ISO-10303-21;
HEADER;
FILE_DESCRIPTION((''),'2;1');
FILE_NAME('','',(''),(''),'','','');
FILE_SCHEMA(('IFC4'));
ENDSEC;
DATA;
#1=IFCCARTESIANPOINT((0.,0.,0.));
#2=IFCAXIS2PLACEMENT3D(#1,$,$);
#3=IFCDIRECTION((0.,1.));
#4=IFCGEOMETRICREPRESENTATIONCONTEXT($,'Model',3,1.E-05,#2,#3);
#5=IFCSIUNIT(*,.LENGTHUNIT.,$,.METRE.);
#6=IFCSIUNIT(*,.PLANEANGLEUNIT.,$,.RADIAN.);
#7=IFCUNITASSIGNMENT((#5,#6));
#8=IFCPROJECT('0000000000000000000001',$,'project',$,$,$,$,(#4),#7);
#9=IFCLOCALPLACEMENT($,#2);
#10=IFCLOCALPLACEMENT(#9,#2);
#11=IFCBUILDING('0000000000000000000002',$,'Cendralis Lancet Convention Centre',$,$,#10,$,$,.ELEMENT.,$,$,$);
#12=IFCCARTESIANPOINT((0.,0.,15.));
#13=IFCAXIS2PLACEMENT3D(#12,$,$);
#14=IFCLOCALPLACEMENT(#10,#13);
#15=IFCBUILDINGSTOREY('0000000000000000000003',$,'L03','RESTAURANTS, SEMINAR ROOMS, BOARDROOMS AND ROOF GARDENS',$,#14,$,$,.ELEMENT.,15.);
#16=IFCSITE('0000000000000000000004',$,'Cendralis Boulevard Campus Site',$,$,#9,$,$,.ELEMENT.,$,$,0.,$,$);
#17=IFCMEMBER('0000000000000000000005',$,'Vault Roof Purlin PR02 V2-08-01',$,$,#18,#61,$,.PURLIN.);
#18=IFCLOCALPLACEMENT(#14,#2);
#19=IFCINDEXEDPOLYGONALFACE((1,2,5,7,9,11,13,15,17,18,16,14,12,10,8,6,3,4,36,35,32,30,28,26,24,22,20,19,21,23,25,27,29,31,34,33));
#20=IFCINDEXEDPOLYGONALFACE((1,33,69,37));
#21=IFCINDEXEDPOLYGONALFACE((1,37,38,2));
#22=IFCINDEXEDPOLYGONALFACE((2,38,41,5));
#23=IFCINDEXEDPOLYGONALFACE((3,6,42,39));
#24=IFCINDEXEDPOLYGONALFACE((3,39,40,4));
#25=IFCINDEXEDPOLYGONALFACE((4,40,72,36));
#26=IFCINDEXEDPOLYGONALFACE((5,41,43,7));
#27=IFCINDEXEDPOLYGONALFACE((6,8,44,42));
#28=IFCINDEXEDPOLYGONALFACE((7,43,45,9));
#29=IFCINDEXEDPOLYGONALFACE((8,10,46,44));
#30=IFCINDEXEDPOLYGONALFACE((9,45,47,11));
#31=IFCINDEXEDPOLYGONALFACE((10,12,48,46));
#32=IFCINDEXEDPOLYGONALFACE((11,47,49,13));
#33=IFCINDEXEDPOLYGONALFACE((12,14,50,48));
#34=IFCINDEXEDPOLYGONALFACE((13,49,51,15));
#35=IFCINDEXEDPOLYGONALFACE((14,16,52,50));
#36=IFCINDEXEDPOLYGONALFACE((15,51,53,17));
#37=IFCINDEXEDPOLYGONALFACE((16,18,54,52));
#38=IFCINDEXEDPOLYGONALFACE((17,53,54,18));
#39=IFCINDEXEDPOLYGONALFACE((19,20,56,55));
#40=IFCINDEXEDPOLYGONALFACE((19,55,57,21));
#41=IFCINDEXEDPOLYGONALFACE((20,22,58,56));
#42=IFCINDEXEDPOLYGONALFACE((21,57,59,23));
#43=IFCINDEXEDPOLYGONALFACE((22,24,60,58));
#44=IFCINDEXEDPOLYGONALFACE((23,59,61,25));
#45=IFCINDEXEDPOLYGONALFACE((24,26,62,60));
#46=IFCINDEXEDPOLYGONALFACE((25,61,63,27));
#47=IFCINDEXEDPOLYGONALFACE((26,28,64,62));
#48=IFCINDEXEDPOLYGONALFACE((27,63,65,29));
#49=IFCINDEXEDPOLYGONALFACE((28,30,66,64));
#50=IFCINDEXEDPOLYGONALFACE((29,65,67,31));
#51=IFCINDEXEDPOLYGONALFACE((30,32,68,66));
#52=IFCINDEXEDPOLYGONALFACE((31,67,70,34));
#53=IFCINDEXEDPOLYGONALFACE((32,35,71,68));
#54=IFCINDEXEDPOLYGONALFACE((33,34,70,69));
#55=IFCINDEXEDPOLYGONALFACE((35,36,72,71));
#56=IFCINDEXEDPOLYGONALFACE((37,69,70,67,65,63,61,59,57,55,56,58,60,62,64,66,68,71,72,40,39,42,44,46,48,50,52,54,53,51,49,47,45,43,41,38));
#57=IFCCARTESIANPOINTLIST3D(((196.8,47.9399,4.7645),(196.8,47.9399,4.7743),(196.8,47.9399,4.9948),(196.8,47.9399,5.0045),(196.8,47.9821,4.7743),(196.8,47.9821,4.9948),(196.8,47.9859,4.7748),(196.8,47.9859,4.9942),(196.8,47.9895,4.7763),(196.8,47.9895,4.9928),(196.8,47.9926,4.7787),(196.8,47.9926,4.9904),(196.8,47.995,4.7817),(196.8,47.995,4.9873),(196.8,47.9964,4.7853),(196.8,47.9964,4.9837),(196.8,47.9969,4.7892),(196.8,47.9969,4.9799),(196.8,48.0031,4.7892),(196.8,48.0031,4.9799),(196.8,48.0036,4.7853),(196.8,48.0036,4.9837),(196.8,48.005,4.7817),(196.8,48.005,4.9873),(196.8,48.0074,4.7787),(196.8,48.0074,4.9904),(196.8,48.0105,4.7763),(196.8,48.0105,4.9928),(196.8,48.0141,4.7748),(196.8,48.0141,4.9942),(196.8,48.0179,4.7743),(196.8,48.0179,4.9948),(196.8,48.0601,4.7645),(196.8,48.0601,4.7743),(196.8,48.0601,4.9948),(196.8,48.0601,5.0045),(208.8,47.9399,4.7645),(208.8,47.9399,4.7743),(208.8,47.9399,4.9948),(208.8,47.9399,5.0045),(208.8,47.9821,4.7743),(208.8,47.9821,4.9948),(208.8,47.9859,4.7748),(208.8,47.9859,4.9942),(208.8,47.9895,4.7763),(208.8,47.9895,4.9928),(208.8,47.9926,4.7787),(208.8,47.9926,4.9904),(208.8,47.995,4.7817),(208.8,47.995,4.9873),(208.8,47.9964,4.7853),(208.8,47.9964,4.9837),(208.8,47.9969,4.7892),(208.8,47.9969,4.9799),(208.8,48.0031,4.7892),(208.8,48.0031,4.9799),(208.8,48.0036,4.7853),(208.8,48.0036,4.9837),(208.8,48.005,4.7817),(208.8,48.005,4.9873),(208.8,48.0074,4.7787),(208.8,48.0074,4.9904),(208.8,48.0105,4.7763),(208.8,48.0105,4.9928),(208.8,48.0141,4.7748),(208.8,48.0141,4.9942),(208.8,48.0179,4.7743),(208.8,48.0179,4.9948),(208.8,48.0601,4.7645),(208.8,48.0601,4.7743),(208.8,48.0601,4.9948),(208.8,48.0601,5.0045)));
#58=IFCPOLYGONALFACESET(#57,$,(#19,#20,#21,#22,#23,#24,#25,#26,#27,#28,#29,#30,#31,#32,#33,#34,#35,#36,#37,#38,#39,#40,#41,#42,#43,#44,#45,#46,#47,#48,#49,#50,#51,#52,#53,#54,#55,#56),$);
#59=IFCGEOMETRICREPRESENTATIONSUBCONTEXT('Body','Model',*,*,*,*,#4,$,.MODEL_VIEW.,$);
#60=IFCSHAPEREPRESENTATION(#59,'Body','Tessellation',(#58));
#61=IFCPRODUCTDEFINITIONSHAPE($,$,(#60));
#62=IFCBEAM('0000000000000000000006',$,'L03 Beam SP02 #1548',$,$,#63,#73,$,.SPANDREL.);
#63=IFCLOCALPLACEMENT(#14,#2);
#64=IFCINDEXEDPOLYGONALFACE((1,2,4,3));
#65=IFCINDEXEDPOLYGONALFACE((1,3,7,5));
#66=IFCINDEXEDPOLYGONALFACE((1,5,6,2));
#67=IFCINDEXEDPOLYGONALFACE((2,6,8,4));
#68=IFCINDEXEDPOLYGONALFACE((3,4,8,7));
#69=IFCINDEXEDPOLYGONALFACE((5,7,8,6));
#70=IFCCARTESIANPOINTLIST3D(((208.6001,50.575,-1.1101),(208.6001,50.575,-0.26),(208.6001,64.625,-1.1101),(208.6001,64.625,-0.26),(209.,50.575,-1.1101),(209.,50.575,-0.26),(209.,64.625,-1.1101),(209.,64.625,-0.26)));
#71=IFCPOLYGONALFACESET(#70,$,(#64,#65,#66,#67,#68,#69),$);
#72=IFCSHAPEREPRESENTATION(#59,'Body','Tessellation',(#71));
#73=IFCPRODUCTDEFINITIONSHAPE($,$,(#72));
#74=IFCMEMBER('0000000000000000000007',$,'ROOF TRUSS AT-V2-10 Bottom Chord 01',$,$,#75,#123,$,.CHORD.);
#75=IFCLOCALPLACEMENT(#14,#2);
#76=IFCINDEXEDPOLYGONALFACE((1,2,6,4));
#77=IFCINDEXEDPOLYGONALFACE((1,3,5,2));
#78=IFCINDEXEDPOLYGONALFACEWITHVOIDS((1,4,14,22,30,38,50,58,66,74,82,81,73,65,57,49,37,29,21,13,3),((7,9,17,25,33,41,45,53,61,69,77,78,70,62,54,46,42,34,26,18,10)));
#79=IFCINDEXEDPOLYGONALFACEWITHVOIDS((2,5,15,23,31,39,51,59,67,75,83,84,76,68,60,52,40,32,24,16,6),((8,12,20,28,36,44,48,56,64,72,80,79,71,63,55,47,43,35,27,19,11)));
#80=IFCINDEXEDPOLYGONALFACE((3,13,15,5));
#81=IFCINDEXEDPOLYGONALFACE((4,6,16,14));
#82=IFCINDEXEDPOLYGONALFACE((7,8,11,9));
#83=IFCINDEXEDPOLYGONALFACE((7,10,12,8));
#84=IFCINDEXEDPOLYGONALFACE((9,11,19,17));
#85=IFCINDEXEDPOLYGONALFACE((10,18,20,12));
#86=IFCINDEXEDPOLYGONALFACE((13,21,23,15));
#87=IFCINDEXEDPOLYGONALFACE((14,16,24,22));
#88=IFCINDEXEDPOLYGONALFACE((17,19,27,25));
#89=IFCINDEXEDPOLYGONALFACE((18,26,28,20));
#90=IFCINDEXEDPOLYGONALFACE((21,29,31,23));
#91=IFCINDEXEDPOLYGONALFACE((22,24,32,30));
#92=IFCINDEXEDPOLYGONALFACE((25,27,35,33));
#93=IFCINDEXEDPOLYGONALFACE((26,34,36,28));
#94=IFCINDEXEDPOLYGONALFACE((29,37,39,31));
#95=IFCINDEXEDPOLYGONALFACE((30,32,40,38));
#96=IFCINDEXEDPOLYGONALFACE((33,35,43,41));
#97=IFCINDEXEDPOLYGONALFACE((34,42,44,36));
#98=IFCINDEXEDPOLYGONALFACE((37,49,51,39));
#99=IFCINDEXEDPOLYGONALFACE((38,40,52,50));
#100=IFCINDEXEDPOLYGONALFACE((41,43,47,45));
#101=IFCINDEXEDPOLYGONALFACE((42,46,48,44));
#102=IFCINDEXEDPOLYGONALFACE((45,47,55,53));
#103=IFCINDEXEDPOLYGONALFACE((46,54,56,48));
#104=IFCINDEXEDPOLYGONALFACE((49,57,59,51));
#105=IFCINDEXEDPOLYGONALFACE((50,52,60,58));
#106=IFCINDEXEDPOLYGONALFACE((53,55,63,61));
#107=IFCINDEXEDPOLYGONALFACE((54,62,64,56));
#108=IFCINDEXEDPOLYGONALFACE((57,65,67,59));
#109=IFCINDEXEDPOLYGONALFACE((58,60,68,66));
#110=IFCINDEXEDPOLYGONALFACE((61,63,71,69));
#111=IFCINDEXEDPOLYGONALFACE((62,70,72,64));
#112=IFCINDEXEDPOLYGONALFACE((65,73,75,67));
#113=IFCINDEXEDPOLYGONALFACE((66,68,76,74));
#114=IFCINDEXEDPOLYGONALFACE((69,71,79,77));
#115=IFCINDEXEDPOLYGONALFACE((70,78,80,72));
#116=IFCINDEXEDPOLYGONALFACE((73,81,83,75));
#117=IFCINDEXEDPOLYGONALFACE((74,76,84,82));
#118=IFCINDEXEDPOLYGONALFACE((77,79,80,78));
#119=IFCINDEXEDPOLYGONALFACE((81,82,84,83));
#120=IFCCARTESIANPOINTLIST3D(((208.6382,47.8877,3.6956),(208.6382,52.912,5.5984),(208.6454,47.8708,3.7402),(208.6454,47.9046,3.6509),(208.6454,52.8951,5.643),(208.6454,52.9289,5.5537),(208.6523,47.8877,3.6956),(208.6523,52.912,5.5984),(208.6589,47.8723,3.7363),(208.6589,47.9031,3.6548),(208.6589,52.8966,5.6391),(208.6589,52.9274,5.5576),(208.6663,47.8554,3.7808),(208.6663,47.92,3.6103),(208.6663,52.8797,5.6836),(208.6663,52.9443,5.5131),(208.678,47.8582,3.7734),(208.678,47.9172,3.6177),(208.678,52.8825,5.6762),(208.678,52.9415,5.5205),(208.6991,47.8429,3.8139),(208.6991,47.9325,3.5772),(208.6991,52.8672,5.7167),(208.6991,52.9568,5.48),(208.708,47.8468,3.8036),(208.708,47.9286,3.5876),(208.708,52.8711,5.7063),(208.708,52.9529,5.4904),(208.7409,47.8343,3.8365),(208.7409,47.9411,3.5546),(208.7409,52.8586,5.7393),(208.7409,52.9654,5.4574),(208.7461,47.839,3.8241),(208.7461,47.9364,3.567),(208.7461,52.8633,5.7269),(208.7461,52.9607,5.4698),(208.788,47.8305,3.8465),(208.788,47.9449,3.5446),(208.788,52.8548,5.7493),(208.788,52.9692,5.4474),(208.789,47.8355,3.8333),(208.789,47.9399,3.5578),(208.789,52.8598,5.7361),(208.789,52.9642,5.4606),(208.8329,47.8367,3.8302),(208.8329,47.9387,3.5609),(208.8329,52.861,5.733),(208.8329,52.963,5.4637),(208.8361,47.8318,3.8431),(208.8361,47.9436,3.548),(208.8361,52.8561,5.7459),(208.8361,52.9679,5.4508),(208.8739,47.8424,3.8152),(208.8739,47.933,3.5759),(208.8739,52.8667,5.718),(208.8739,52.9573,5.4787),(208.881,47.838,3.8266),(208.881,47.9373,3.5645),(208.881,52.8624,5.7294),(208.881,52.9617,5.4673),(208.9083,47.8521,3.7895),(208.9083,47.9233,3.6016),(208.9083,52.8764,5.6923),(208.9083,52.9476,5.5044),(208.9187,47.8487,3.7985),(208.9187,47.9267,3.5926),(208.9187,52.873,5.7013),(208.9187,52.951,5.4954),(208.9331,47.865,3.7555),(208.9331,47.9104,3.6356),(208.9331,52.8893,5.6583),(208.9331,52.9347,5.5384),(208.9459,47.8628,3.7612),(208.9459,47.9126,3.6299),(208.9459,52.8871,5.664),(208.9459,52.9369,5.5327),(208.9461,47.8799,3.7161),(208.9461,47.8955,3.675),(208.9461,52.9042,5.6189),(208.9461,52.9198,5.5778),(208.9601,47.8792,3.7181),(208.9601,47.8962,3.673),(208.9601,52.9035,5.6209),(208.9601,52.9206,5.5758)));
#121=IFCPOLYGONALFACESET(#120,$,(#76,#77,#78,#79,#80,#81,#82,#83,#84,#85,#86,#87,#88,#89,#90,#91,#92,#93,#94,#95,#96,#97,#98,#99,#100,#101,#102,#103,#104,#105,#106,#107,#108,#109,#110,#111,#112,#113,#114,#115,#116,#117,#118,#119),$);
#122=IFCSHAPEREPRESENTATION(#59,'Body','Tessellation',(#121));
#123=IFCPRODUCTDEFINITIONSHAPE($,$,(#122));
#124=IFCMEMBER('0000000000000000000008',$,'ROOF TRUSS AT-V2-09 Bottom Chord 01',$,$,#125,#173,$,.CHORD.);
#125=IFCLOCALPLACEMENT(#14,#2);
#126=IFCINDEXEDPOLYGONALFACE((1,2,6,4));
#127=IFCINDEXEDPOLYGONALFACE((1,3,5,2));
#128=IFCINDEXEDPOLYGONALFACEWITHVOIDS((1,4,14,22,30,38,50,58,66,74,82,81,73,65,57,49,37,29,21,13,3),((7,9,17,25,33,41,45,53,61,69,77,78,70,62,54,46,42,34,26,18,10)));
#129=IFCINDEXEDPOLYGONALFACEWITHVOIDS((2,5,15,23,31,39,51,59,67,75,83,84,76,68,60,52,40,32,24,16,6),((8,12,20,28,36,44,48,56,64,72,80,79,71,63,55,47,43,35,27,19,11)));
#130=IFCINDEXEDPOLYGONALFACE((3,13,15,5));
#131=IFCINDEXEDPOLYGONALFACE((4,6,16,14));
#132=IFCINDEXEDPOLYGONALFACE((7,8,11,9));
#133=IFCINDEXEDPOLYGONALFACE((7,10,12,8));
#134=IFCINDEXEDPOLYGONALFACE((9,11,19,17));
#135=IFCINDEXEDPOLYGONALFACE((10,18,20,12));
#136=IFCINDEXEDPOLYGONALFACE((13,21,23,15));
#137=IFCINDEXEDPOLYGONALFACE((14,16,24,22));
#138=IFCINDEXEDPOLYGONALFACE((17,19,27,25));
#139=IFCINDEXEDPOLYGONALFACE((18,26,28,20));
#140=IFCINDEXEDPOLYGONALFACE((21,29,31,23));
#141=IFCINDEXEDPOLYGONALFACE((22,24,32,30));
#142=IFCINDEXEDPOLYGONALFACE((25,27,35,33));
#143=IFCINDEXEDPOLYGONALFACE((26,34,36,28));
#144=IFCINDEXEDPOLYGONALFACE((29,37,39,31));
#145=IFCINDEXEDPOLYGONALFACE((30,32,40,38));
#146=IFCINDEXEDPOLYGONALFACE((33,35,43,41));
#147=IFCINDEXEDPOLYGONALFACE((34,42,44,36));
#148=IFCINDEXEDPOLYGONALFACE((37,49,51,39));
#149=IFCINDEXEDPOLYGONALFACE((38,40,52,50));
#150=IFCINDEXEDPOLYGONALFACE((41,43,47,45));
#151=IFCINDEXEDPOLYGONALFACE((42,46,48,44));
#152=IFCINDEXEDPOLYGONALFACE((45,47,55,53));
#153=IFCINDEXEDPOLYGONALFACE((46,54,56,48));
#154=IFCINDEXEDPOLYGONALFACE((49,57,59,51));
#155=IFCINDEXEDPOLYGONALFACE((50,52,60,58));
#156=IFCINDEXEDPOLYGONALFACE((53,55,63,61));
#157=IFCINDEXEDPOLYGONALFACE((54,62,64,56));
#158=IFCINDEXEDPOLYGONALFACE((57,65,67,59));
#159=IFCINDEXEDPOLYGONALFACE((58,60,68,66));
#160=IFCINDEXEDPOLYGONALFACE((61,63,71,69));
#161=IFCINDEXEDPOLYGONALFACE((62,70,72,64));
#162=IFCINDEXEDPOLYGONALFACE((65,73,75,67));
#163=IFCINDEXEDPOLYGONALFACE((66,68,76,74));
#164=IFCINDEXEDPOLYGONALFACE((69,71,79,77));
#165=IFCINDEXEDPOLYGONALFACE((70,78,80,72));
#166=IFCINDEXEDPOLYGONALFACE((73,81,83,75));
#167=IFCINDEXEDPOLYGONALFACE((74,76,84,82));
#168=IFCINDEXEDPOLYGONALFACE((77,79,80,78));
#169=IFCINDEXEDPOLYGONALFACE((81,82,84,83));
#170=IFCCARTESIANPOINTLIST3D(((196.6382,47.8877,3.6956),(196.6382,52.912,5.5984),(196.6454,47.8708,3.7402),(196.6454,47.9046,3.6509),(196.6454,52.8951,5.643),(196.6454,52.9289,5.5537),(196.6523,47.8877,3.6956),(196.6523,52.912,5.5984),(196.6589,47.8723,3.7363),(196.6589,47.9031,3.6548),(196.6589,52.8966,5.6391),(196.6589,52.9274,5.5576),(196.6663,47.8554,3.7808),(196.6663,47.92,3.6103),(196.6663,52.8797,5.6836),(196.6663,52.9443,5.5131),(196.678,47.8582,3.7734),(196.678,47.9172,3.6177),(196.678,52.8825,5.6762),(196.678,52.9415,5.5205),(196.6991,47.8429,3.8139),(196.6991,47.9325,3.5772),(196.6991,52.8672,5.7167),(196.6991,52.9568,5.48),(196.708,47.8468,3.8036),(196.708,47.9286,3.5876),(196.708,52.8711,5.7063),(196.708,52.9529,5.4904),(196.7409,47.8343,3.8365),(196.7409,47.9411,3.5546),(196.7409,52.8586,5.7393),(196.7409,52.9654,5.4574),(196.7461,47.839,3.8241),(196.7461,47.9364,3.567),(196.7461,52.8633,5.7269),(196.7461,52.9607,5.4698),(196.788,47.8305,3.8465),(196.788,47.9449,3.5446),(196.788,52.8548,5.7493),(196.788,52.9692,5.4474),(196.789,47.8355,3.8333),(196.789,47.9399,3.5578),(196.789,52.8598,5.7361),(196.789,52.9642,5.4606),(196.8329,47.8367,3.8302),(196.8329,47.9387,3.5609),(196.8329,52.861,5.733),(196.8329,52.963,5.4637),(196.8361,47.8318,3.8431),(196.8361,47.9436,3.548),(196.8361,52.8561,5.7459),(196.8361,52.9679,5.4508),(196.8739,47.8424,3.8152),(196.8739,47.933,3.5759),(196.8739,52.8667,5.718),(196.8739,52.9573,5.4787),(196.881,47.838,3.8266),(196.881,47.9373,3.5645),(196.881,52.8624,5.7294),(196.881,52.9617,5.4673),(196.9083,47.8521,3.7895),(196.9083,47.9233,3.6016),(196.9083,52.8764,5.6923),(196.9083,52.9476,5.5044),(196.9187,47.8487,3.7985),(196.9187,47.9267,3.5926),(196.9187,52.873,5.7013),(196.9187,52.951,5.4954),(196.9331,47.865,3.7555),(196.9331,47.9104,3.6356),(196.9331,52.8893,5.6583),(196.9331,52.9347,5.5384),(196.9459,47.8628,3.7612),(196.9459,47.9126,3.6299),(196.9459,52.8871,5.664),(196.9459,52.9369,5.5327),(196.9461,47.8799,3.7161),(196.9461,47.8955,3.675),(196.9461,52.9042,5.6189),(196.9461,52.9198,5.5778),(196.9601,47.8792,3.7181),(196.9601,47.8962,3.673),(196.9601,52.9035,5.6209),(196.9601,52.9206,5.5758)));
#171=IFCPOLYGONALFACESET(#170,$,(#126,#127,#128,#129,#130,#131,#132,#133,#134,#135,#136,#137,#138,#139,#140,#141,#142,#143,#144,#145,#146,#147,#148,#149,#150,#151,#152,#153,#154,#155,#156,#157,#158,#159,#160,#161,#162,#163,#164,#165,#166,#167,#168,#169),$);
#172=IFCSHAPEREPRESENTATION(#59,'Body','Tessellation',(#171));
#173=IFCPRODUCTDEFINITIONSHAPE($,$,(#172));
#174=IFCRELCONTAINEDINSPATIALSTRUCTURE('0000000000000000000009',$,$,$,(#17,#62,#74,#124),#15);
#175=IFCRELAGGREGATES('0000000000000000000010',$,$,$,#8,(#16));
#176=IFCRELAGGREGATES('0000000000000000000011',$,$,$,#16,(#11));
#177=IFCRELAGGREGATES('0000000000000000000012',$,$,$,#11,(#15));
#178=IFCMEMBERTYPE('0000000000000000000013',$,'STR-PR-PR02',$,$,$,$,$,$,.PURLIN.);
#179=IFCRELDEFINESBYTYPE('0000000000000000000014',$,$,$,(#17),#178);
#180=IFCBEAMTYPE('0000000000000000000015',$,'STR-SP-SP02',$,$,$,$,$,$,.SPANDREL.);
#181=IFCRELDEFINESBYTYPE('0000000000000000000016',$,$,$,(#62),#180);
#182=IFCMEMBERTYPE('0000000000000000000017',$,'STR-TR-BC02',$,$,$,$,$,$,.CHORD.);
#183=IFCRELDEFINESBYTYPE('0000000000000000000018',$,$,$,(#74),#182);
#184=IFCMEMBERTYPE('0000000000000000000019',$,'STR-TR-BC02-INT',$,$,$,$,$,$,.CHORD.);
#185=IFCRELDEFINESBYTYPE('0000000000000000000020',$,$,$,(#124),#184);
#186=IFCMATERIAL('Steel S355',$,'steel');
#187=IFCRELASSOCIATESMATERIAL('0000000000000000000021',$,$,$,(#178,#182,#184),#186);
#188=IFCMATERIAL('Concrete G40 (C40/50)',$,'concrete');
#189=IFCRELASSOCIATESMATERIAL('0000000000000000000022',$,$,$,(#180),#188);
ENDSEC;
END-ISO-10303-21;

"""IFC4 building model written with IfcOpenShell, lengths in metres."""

from ifc_helpers import new_model, si_unit, direction, frame, origin, origin_2d, place, context, subcontext, project, spatial, rectangle, hollow_circle, i_section, extrude, material, material_profile, profile_set, type_object, element, save


model = new_model("IFC4")

# Units and contexts
model_context = context("Model", 3, precision=1e-05, world=origin(), true_north=direction((0.0, 1.0)))
body_context = subcontext(model_context, "Body", "Model", "MODEL_VIEW")
ifc_project = project(units=[si_unit("LENGTHUNIT", "METRE"), si_unit("PLANEANGLEUNIT", "RADIAN")], contexts=[model_context])

# Site, building, storey
site_placement = place(None, origin())
site = spatial("IfcSite", under=ifc_project, at=site_placement, Name="Cendralis Boulevard Campus Site", CompositionType="ELEMENT", RefElevation=0.0)
building_placement = place(site_placement, origin())
building = spatial("IfcBuilding", under=site, at=building_placement, Name="Cendralis Lancet Convention Centre", CompositionType="ELEMENT")
storey_placement = place(building_placement, frame((0.0, 0.0, 15.0)))
storey = spatial("IfcBuildingStorey", under=building, at=storey_placement, Name="L03", Description="RESTAURANTS, SEMINAR ROOMS, BOARDROOMS AND ROOF GARDENS", CompositionType="ELEMENT", Elevation=15.0)

# Shared definitions
ifc_material_1 = material(Name="Steel S355", Category="steel")

# Shared definitions
ifc_material_2 = material(Name="Concrete G40 (C40/50)", Category="concrete")

# Member
ifc_material_profile_1 = material_profile(ifc_material_1, i_section(OverallWidth=0.1201, OverallDepth=0.24, WebThickness=0.0061, FlangeThickness=0.0098, FilletRadius=0.0149, at=origin_2d()), Name="IPE 240")
ifc_profile_set_1 = profile_set([ifc_material_profile_1], Name="Steel S355")
member_type_1 = type_object("IfcMemberType", Name="STR-PR-PR02", PredefinedType="PURLIN", material=ifc_profile_set_1)
member_1_placement = place(storey_placement, frame((196.8, 48.0, 4.8845), z_axis=(1.0, 0.0, 0.0), x_axis=(0.0, 1.0, 0.0)))
element("IfcMember", 1, at=member_1_placement, inside=storey, type_object=member_type_1, Name="Vault Roof Purlin PR02 V2-08-01", PredefinedType="PURLIN", context=body_context, shape_type="SweptSolid", body=[
    extrude(i_section(OverallWidth=0.1201, OverallDepth=0.24, WebThickness=0.0061, FlangeThickness=0.0098, FilletRadius=0.0149, at=origin_2d()), origin(), (0.0, 0.0, 1.0), 12.0),
])

# Beam
ifc_material_profile_2 = material_profile(ifc_material_2, rectangle(XDim=0.3999, YDim=0.8501, at=origin_2d()), Name="RCB 400x850")
ifc_profile_set_2 = profile_set([ifc_material_profile_2], Name="Concrete G40 (C40/50)")
beam_type_1 = type_object("IfcBeamType", Name="STR-SP-SP02", PredefinedType="SPANDREL", material=ifc_profile_set_2)
beam_1_placement = place(storey_placement, frame((208.8, 50.575, -0.6851), z_axis=(0.0, 1.0, 0.0), x_axis=(-1.0, 0.0, 0.0)))
element("IfcBeam", 2, at=beam_1_placement, inside=storey, type_object=beam_type_1, Name="L03 Beam SP02 #1548", PredefinedType="SPANDREL", context=body_context, shape_type="SweptSolid", body=[
    extrude(rectangle(XDim=0.3999, YDim=0.8501, at=origin_2d()), origin(), (0.0, 0.0, 1.0), 14.05),
])

# Members
ifc_material_profile_3 = material_profile(ifc_material_1, hollow_circle(Radius=0.1619, WallThickness=0.0142, at=origin_2d()), Name="CHS 323.9x14.2")
ifc_profile_set_3 = profile_set([ifc_material_profile_3], Name="Steel S355")
member_type_2 = type_object("IfcMemberType", Name="STR-TR-BC02", PredefinedType="CHORD", material=ifc_profile_set_3)
member_2_placement = place(storey_placement, frame((208.8, 47.8877, 3.6956), z_axis=(0.0, 0.935181, 0.354169), x_axis=(-1.0, 0.0, 0.0)))
element("IfcMember", 3, at=member_2_placement, inside=storey, type_object=member_type_2, Name="ROOF TRUSS AT-V2-10 Bottom Chord 01", PredefinedType="CHORD", context=body_context, shape_type="SweptSolid", body=[
    extrude(hollow_circle(Radius=0.1619, WallThickness=0.0142, at=origin_2d()), origin(), (0.0, 0.0, 1.0), 5.3726),
])
ifc_material_profile_4 = material_profile(ifc_material_1, hollow_circle(Radius=0.1619, WallThickness=0.0142, at=origin_2d()), Name="CHS 323.9x14.2")
ifc_profile_set_4 = profile_set([ifc_material_profile_4], Name="Steel S355")
member_type_3 = type_object("IfcMemberType", Name="STR-TR-BC02-INT", PredefinedType="CHORD", material=ifc_profile_set_4)
member_3_placement = place(storey_placement, frame((196.8, 47.8877, 3.6956), z_axis=(0.0, 0.935181, 0.354169), x_axis=(-1.0, 0.0, 0.0)))
element("IfcMember", 4, at=member_3_placement, inside=storey, type_object=member_type_3, Name="ROOF TRUSS AT-V2-09 Bottom Chord 01", PredefinedType="CHORD", context=body_context, shape_type="SweptSolid", body=[
    extrude(hollow_circle(Radius=0.1619, WallThickness=0.0142, at=origin_2d()), origin(), (0.0, 0.0, 1.0), 5.3726),
])

save(model, "model.ifc")
